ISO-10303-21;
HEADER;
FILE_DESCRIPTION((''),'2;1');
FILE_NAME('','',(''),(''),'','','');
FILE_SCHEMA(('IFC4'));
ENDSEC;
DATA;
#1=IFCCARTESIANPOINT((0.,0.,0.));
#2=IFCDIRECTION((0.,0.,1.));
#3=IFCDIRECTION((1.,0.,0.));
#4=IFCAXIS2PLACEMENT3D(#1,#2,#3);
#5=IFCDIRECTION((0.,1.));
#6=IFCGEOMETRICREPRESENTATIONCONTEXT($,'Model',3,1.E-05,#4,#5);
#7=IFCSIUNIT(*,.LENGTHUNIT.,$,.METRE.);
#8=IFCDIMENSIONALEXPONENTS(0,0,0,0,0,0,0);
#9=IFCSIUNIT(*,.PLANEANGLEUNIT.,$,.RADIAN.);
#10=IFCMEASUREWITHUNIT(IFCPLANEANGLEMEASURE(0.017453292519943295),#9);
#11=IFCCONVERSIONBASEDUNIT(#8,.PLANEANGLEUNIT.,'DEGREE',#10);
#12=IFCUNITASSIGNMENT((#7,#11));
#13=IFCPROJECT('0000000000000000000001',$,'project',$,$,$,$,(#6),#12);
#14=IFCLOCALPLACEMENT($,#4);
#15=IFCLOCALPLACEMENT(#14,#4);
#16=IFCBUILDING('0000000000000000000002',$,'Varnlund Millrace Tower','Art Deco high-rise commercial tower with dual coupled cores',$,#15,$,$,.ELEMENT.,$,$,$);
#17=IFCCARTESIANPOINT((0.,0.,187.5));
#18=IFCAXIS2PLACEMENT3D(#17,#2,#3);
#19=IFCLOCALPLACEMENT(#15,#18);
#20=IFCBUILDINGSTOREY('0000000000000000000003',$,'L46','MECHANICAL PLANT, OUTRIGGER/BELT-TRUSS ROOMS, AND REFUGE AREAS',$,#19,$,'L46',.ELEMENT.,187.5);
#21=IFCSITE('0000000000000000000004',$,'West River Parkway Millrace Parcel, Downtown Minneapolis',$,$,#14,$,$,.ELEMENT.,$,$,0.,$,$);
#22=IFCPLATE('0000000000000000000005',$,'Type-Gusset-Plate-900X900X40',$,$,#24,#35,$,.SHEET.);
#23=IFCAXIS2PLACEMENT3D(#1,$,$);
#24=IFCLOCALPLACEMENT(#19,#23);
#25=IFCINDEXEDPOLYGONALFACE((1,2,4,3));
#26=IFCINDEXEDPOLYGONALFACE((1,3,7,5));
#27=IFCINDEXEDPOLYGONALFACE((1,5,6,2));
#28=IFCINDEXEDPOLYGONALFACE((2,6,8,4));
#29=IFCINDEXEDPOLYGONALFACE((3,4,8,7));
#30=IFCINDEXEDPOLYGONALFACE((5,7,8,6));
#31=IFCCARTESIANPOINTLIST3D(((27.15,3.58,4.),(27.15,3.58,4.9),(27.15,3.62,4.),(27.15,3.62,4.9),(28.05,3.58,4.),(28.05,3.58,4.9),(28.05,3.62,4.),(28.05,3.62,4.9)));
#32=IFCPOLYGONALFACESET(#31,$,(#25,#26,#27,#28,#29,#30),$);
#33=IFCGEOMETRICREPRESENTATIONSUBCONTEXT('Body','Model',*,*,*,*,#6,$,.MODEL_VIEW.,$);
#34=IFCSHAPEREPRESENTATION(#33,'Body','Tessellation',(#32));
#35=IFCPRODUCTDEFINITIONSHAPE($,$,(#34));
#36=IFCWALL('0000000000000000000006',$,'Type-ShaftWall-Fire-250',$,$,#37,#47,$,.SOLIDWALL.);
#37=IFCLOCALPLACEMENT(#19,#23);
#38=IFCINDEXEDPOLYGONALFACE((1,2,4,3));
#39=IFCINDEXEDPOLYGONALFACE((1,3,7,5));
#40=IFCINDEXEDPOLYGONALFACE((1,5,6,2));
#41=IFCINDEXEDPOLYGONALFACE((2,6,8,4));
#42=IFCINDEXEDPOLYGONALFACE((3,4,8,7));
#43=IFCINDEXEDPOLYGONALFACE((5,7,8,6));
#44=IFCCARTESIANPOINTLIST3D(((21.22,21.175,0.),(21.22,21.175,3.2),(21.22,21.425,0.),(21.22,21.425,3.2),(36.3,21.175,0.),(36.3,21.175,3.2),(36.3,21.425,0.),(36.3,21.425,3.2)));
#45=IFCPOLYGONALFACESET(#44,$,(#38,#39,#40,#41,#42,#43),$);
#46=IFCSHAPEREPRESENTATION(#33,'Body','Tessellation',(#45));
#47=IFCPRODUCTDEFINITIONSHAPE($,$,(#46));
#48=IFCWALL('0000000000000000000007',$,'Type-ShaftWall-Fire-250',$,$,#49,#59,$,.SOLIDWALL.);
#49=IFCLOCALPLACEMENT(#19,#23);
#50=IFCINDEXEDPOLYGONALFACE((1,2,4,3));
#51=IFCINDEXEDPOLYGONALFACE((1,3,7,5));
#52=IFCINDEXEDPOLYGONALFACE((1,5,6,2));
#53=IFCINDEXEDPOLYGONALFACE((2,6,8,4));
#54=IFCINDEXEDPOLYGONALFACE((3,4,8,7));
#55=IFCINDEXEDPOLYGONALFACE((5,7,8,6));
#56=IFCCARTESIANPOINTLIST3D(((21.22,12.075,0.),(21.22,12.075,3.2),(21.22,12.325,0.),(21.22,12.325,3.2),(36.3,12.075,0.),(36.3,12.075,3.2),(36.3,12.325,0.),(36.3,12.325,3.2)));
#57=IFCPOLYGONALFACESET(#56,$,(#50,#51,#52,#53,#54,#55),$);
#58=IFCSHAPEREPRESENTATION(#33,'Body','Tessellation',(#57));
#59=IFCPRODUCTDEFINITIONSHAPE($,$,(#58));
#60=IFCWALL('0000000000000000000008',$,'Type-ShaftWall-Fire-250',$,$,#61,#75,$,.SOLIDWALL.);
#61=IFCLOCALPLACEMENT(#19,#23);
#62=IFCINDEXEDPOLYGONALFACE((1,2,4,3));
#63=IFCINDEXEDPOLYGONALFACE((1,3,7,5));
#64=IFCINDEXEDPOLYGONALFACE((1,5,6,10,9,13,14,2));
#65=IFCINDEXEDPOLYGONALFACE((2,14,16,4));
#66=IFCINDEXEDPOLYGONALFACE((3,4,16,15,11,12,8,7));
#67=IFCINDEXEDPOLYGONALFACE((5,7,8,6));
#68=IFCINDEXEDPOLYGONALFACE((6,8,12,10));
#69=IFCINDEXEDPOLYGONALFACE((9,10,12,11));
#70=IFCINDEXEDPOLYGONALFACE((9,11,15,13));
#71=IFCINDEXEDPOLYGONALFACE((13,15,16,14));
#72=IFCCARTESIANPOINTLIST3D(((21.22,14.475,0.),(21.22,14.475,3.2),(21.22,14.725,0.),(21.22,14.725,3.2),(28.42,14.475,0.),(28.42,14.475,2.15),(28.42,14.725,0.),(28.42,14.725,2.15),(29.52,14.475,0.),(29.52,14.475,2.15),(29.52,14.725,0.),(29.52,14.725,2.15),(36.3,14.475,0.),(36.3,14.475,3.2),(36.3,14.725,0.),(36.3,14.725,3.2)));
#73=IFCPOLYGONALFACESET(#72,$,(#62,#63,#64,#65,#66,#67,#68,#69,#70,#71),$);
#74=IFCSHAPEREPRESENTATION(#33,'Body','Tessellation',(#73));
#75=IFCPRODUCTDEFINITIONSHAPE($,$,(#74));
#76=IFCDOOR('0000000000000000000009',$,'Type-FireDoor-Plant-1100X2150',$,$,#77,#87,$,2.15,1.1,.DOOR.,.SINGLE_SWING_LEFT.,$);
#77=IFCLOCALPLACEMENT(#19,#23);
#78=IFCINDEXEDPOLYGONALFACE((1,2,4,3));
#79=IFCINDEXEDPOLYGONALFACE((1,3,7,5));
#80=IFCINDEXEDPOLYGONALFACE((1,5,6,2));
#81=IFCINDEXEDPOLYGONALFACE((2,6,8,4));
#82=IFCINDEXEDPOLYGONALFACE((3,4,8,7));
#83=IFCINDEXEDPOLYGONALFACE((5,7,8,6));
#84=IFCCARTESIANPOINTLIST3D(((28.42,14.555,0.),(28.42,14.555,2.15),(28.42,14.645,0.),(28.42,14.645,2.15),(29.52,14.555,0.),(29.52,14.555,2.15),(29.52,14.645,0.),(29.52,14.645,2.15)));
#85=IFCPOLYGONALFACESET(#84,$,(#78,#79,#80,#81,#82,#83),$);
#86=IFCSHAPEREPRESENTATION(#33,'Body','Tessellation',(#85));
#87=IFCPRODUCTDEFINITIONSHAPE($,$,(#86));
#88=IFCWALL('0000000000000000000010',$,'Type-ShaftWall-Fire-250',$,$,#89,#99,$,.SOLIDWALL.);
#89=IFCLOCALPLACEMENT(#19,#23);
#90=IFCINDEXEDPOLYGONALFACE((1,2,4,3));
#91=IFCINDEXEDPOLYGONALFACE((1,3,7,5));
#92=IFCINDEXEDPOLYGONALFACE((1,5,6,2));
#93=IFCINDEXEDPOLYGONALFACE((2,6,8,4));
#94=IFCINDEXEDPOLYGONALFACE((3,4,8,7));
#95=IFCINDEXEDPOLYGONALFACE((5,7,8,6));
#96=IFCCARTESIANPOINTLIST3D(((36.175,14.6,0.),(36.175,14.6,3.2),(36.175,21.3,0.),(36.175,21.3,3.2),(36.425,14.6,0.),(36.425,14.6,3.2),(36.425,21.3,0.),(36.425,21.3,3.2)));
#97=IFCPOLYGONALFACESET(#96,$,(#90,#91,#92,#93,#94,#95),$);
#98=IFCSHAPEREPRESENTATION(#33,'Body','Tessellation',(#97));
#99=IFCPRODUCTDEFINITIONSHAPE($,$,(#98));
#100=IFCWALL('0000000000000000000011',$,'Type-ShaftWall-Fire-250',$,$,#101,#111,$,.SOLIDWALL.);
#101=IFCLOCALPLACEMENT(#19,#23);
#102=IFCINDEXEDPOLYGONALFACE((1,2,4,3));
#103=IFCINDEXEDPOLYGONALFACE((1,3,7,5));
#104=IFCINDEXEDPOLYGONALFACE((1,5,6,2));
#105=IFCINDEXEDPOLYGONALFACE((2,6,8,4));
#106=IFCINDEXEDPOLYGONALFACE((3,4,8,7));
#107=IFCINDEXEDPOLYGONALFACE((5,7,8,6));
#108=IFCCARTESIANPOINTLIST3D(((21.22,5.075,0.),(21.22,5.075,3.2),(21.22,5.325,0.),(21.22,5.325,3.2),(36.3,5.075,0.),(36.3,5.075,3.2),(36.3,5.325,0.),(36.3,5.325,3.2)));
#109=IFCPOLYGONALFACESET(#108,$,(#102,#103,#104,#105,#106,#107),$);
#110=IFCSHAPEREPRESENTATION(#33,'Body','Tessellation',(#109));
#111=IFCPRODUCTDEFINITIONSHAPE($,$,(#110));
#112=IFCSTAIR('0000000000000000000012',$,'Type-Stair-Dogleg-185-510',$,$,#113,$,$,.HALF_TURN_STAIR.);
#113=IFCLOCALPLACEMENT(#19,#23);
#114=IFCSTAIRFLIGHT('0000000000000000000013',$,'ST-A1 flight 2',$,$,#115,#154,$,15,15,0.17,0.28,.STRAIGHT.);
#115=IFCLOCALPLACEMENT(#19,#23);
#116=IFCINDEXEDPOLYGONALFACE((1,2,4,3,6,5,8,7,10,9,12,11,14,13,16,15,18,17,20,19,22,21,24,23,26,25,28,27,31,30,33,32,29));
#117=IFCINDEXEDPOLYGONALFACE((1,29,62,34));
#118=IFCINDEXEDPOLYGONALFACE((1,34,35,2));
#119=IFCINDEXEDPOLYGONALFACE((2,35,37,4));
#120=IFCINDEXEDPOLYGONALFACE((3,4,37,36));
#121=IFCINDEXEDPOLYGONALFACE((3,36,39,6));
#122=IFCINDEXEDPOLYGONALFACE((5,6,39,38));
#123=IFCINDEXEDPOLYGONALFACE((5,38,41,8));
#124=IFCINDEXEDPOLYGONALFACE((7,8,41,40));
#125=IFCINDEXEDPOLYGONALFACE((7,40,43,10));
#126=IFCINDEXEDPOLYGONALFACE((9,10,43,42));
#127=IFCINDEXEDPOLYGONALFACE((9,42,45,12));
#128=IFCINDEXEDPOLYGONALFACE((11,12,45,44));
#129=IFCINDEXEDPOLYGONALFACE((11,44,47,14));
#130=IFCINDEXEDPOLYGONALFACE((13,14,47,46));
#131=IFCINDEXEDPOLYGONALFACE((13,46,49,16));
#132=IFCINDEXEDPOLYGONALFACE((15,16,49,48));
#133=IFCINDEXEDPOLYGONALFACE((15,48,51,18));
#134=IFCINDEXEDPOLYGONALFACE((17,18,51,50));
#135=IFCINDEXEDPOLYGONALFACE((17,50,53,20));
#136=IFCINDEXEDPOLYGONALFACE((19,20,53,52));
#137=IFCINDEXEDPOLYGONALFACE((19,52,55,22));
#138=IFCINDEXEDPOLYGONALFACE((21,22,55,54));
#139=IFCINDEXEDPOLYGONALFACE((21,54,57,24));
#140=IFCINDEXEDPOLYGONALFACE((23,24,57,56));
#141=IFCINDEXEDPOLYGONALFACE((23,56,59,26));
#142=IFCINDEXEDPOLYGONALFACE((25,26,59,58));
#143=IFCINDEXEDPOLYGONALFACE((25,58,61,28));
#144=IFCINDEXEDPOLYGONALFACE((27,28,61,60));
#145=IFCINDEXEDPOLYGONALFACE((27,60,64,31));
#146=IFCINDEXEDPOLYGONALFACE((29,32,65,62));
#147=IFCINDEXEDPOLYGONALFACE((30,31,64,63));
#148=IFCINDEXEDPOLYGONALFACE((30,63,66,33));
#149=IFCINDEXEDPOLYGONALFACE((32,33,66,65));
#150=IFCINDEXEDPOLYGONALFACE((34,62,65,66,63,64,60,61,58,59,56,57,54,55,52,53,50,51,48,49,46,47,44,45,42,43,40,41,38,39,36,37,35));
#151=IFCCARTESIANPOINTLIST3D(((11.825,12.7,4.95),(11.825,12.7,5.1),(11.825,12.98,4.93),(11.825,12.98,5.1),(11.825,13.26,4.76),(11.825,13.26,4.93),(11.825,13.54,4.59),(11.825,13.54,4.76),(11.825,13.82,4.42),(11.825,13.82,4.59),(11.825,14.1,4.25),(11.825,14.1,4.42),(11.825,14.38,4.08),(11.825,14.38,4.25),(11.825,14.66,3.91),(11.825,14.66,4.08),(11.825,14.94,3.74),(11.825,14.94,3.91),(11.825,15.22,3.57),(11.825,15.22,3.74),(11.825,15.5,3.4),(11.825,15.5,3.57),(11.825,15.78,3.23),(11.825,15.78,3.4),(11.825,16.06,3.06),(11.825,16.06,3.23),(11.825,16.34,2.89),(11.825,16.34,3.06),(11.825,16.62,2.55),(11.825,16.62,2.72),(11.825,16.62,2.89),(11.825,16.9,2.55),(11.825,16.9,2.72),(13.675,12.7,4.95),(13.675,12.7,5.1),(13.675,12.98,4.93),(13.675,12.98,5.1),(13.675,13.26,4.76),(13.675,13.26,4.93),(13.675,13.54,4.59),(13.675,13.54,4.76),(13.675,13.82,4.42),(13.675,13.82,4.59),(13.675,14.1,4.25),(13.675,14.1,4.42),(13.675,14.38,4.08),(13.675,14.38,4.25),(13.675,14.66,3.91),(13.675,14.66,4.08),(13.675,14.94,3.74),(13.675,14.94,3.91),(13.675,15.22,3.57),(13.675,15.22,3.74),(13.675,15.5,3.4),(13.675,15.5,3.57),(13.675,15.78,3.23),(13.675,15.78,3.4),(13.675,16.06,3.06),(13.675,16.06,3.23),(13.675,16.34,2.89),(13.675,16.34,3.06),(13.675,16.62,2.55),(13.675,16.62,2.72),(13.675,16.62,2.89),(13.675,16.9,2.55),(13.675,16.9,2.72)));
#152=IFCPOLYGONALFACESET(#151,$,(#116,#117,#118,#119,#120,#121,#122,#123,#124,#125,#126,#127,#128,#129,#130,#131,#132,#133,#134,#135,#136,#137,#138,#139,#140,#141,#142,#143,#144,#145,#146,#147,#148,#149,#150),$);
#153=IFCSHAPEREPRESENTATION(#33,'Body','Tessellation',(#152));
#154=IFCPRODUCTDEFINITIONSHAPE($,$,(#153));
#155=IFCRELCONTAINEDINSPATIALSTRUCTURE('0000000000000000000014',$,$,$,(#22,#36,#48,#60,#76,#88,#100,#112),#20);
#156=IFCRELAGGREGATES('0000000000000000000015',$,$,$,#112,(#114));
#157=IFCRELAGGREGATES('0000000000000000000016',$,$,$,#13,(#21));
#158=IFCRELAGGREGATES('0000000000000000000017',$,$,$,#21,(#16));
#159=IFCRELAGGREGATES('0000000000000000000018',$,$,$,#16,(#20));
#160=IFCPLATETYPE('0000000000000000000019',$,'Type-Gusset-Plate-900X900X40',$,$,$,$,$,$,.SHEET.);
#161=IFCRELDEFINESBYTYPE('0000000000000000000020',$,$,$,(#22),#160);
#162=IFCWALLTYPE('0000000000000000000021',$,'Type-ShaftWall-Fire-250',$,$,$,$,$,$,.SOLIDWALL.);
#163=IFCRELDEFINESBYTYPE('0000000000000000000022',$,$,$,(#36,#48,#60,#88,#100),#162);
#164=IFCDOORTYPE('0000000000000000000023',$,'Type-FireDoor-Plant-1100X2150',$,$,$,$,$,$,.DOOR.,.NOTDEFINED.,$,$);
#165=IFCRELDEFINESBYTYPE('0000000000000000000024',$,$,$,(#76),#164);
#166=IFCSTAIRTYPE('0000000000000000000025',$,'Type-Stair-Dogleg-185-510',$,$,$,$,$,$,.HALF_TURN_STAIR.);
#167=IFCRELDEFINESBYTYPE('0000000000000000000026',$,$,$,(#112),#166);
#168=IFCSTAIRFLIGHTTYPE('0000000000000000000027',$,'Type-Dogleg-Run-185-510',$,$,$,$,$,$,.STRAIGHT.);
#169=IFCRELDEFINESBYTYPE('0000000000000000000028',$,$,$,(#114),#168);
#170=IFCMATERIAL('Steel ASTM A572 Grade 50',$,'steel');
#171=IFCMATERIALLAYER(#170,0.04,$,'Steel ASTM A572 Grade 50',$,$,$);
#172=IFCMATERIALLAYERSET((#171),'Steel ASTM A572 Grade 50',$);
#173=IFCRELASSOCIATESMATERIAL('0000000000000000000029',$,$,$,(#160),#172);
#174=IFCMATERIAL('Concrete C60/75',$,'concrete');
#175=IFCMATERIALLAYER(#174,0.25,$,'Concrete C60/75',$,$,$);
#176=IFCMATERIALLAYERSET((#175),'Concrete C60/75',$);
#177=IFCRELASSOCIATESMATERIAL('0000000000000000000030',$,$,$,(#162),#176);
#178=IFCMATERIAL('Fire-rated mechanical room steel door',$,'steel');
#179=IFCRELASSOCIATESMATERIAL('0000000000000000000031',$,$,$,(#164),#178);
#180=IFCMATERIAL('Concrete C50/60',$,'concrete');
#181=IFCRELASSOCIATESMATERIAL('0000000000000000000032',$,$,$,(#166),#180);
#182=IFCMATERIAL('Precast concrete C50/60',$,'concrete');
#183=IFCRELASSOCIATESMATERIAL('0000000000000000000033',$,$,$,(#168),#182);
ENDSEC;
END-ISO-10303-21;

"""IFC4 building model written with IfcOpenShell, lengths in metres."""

from ifc_helpers import new_model, entity, si_unit, converted_unit, direction, frame, origin_with_axes, origin_2d_with_axis, place, context, subcontext, project, spatial, polyline, rectangle, outline, extrude, material, layer, layer_set, type_object, element, fill, aggregate, save


model = new_model("IFC4")

# Units and contexts
model_context = context("Model", 3, precision=1e-05, world=origin_with_axes(), true_north=direction((0.0, 1.0)))
body_context = subcontext(model_context, "Body", "Model", "MODEL_VIEW")
ifc_project = project(units=[si_unit("LENGTHUNIT", "METRE"), converted_unit("PLANEANGLEUNIT", "DEGREE", entity("IfcPlaneAngleMeasure", 0.017453292519943295), si_unit("PLANEANGLEUNIT", "RADIAN"), dimensions=[0, 0, 0, 0, 0, 0, 0])], contexts=[model_context])

# Site, building, storey
site_placement = place(None, origin_with_axes())
site = spatial("IfcSite", under=ifc_project, at=site_placement, Name="West River Parkway Millrace Parcel, Downtown Minneapolis", CompositionType="ELEMENT", RefElevation=0.0)
building_placement = place(site_placement, origin_with_axes())
building = spatial("IfcBuilding", under=site, at=building_placement, Name="Varnlund Millrace Tower", Description="Art Deco high-rise commercial tower with dual coupled cores", CompositionType="ELEMENT")
storey_placement = place(building_placement, frame((0.0, 0.0, 187.5), z_axis=(0.0, 0.0, 1.0), x_axis=(1.0, 0.0, 0.0)))
storey = spatial("IfcBuildingStorey", under=building, at=storey_placement, Name="L46", Description="MECHANICAL PLANT, OUTRIGGER/BELT-TRUSS ROOMS, AND REFUGE AREAS", LongName="L46", CompositionType="ELEMENT", Elevation=187.5)

# Plate
ifc_material_1 = material(Name="Steel ASTM A572 Grade 50", Category="steel")
ifc_layer_1 = layer(ifc_material_1, 0.04, Name="Steel ASTM A572 Grade 50")
ifc_layer_set_1 = layer_set([ifc_layer_1], Name="Steel ASTM A572 Grade 50")
plate_type = type_object("IfcPlateType", Name="Type-Gusset-Plate-900X900X40", PredefinedType="SHEET", material=ifc_layer_set_1)
plate_placement = place(storey_placement, frame((27.6, 3.6, 4.0), z_axis=(0.0, 0.0, 1.0), x_axis=(1.0, 0.0, 0.0)))
element("IfcPlate", 1, at=plate_placement, inside=storey, type_object=plate_type, Name="Type-Gusset-Plate-900X900X40", PredefinedType="SHEET", context=body_context, shape_type="SweptSolid", body=[
    extrude(rectangle(XDim=0.9, YDim=0.04, at=origin_2d_with_axis()), origin_with_axes(), (0.0, 0.0, 1.0), 0.9),
])

# Walls
ifc_material_2 = material(Name="Concrete C60/75", Category="concrete")
ifc_layer_2 = layer(ifc_material_2, 0.25, Name="Concrete C60/75")
ifc_layer_set_2 = layer_set([ifc_layer_2], Name="Concrete C60/75")
wall_type = type_object("IfcWallType", Name="Type-ShaftWall-Fire-250", PredefinedType="SOLIDWALL", material=ifc_layer_set_2)
for number, where, z_axis, x_axis, name in (
    (2, (21.22, 21.3, 0.0), (0.0, 0.0, 1.0), (1.0, 0.0, 0.0), "Type-ShaftWall-Fire-250"),
    (3, (21.22, 12.2, 0.0), (0.0, 0.0, 1.0), (1.0, 0.0, 0.0), "Type-ShaftWall-Fire-250"),
):
    element("IfcWall", number, at=place(storey_placement, frame(where, z_axis=z_axis, x_axis=x_axis)), inside=storey, type_object=wall_type, Name=name, PredefinedType="SOLIDWALL", context=body_context, shape_type="SweptSolid", body=[
        extrude(outline(polyline([(0.0, -0.125), (15.08, -0.125), (15.08, 0.125), (0.0, 0.125), (0.0, -0.125)])), origin_with_axes(), (0.0, 0.0, 1.0), 3.2),
    ])

# Wall, opening, door
wall_1_placement = place(storey_placement, frame((21.22, 14.6, 0.0), z_axis=(0.0, 0.0, 1.0), x_axis=(1.0, 0.0, 0.0)))
wall_1 = element("IfcWall", 4, at=wall_1_placement, inside=storey, type_object=wall_type, Name="Type-ShaftWall-Fire-250", PredefinedType="SOLIDWALL", context=body_context, shape_type="SweptSolid", body=[
    extrude(outline(polyline([(0.0, -0.125), (15.08, -0.125), (15.08, 0.125), (0.0, 0.125), (0.0, -0.125)])), origin_with_axes(), (0.0, 0.0, 1.0), 3.2),
])
opening_placement = place(wall_1_placement, frame((7.75, 0.0, 0.0), z_axis=(0.0, 0.0, 1.0), x_axis=(1.0, 0.0, 0.0)))
opening = element("IfcOpeningElement", 5, at=opening_placement, cuts=wall_1, PredefinedType="OPENING", context=body_context, shape_type="SweptSolid", body=[
    extrude(rectangle(XDim=1.1, YDim=0.27, at=origin_2d_with_axis()), origin_with_axes(), (0.0, 0.0, 1.0), 2.15),
])
ifc_material_3 = material(Name="Fire-rated mechanical room steel door", Category="steel")
door_type = type_object("IfcDoorType", Name="Type-FireDoor-Plant-1100X2150", OperationType="NOTDEFINED", PredefinedType="DOOR", material=ifc_material_3)
door_placement = place(wall_1_placement, frame((7.75, 0.0, 0.0), z_axis=(0.0, 0.0, 1.0), x_axis=(1.0, 0.0, 0.0)))
door = element("IfcDoor", 6, at=door_placement, inside=storey, type_object=door_type, Name="Type-FireDoor-Plant-1100X2150", OperationType="SINGLE_SWING_LEFT", OverallHeight=2.15, OverallWidth=1.1, PredefinedType="DOOR", context=body_context, shape_type="SweptSolid", body=[
    extrude(rectangle(XDim=1.1, YDim=0.09, at=origin_2d_with_axis()), origin_with_axes(), (0.0, 0.0, 1.0), 2.15),
])
fill(opening, door)

# Walls
wall_2_placement = place(storey_placement, frame((36.3, 14.6, 0.0), z_axis=(0.0, 0.0, 1.0), x_axis=(0.0, 1.0, 0.0)))
element("IfcWall", 7, at=wall_2_placement, inside=storey, type_object=wall_type, Name="Type-ShaftWall-Fire-250", PredefinedType="SOLIDWALL", context=body_context, shape_type="SweptSolid", body=[
    extrude(outline(polyline([(0.0, -0.125), (6.7, -0.125), (6.7, 0.125), (0.0, 0.125), (0.0, -0.125)])), origin_with_axes(), (0.0, 0.0, 1.0), 3.2),
])
wall_3_placement = place(storey_placement, frame((21.22, 5.2, 0.0), z_axis=(0.0, 0.0, 1.0), x_axis=(1.0, 0.0, 0.0)))
element("IfcWall", 8, at=wall_3_placement, inside=storey, type_object=wall_type, Name="Type-ShaftWall-Fire-250", PredefinedType="SOLIDWALL", context=body_context, shape_type="SweptSolid", body=[
    extrude(outline(polyline([(0.0, -0.125), (15.08, -0.125), (15.08, 0.125), (0.0, 0.125), (0.0, -0.125)])), origin_with_axes(), (0.0, 0.0, 1.0), 3.2),
])

# Stair, stair flight
ifc_material_4 = material(Name="Concrete C50/60", Category="concrete")
stair_type = type_object("IfcStairType", Name="Type-Stair-Dogleg-185-510", PredefinedType="HALF_TURN_STAIR", material=ifc_material_4)
stair_1_placement = place(storey_placement, origin_with_axes())
stair_1 = element("IfcStair", 9, at=stair_1_placement, inside=storey, type_object=stair_type, Name="Type-Stair-Dogleg-185-510", PredefinedType="HALF_TURN_STAIR")
ifc_material_5 = material(Name="Precast concrete C50/60", Category="concrete")
stair_flight_type = type_object("IfcStairFlightType", Name="Type-Dogleg-Run-185-510", PredefinedType="STRAIGHT", material=ifc_material_5)
stair_flight_1_placement = place(storey_placement, frame((13.675, 16.9, 2.55), z_axis=(-1.0, 0.0, 0.0), x_axis=(0.0, -1.0, 0.0)))
stair_flight_1 = element("IfcStairFlight", 10, at=stair_flight_1_placement, type_object=stair_flight_type, Name="ST-A1 flight 2", NumberOfRisers=15, NumberOfTreads=15, PredefinedType="STRAIGHT", RiserHeight=0.17, TreadLength=0.28, context=body_context, shape_type="SweptSolid", body=[
    extrude(outline(polyline([(0.0, 0.0), (0.0, 0.17), (0.28, 0.17), (0.28, 0.34), (0.56, 0.34), (0.56, 0.51), (0.84, 0.51), (0.84, 0.68), (1.12, 0.68), (1.12, 0.85), (1.4, 0.85), (1.4, 1.02), (1.68, 1.02), (1.68, 1.19), (1.96, 1.19), (1.96, 1.36), (2.24, 1.36), (2.24, 1.53), (2.52, 1.53), (2.52, 1.7), (2.8, 1.7), (2.8, 1.87), (3.08, 1.87), (3.08, 2.04), (3.36, 2.04), (3.36, 2.21), (3.64, 2.21), (3.64, 2.38), (3.92, 2.38), (3.92, 2.55), (4.2, 2.55), (4.2, 2.4), (0.28, 0.0), (0.0, 0.0)])), origin_with_axes(), (0.0, 0.0, 1.0), 1.85),
])
aggregate(stair_1, [stair_flight_1])

save(model, "model.ifc")
